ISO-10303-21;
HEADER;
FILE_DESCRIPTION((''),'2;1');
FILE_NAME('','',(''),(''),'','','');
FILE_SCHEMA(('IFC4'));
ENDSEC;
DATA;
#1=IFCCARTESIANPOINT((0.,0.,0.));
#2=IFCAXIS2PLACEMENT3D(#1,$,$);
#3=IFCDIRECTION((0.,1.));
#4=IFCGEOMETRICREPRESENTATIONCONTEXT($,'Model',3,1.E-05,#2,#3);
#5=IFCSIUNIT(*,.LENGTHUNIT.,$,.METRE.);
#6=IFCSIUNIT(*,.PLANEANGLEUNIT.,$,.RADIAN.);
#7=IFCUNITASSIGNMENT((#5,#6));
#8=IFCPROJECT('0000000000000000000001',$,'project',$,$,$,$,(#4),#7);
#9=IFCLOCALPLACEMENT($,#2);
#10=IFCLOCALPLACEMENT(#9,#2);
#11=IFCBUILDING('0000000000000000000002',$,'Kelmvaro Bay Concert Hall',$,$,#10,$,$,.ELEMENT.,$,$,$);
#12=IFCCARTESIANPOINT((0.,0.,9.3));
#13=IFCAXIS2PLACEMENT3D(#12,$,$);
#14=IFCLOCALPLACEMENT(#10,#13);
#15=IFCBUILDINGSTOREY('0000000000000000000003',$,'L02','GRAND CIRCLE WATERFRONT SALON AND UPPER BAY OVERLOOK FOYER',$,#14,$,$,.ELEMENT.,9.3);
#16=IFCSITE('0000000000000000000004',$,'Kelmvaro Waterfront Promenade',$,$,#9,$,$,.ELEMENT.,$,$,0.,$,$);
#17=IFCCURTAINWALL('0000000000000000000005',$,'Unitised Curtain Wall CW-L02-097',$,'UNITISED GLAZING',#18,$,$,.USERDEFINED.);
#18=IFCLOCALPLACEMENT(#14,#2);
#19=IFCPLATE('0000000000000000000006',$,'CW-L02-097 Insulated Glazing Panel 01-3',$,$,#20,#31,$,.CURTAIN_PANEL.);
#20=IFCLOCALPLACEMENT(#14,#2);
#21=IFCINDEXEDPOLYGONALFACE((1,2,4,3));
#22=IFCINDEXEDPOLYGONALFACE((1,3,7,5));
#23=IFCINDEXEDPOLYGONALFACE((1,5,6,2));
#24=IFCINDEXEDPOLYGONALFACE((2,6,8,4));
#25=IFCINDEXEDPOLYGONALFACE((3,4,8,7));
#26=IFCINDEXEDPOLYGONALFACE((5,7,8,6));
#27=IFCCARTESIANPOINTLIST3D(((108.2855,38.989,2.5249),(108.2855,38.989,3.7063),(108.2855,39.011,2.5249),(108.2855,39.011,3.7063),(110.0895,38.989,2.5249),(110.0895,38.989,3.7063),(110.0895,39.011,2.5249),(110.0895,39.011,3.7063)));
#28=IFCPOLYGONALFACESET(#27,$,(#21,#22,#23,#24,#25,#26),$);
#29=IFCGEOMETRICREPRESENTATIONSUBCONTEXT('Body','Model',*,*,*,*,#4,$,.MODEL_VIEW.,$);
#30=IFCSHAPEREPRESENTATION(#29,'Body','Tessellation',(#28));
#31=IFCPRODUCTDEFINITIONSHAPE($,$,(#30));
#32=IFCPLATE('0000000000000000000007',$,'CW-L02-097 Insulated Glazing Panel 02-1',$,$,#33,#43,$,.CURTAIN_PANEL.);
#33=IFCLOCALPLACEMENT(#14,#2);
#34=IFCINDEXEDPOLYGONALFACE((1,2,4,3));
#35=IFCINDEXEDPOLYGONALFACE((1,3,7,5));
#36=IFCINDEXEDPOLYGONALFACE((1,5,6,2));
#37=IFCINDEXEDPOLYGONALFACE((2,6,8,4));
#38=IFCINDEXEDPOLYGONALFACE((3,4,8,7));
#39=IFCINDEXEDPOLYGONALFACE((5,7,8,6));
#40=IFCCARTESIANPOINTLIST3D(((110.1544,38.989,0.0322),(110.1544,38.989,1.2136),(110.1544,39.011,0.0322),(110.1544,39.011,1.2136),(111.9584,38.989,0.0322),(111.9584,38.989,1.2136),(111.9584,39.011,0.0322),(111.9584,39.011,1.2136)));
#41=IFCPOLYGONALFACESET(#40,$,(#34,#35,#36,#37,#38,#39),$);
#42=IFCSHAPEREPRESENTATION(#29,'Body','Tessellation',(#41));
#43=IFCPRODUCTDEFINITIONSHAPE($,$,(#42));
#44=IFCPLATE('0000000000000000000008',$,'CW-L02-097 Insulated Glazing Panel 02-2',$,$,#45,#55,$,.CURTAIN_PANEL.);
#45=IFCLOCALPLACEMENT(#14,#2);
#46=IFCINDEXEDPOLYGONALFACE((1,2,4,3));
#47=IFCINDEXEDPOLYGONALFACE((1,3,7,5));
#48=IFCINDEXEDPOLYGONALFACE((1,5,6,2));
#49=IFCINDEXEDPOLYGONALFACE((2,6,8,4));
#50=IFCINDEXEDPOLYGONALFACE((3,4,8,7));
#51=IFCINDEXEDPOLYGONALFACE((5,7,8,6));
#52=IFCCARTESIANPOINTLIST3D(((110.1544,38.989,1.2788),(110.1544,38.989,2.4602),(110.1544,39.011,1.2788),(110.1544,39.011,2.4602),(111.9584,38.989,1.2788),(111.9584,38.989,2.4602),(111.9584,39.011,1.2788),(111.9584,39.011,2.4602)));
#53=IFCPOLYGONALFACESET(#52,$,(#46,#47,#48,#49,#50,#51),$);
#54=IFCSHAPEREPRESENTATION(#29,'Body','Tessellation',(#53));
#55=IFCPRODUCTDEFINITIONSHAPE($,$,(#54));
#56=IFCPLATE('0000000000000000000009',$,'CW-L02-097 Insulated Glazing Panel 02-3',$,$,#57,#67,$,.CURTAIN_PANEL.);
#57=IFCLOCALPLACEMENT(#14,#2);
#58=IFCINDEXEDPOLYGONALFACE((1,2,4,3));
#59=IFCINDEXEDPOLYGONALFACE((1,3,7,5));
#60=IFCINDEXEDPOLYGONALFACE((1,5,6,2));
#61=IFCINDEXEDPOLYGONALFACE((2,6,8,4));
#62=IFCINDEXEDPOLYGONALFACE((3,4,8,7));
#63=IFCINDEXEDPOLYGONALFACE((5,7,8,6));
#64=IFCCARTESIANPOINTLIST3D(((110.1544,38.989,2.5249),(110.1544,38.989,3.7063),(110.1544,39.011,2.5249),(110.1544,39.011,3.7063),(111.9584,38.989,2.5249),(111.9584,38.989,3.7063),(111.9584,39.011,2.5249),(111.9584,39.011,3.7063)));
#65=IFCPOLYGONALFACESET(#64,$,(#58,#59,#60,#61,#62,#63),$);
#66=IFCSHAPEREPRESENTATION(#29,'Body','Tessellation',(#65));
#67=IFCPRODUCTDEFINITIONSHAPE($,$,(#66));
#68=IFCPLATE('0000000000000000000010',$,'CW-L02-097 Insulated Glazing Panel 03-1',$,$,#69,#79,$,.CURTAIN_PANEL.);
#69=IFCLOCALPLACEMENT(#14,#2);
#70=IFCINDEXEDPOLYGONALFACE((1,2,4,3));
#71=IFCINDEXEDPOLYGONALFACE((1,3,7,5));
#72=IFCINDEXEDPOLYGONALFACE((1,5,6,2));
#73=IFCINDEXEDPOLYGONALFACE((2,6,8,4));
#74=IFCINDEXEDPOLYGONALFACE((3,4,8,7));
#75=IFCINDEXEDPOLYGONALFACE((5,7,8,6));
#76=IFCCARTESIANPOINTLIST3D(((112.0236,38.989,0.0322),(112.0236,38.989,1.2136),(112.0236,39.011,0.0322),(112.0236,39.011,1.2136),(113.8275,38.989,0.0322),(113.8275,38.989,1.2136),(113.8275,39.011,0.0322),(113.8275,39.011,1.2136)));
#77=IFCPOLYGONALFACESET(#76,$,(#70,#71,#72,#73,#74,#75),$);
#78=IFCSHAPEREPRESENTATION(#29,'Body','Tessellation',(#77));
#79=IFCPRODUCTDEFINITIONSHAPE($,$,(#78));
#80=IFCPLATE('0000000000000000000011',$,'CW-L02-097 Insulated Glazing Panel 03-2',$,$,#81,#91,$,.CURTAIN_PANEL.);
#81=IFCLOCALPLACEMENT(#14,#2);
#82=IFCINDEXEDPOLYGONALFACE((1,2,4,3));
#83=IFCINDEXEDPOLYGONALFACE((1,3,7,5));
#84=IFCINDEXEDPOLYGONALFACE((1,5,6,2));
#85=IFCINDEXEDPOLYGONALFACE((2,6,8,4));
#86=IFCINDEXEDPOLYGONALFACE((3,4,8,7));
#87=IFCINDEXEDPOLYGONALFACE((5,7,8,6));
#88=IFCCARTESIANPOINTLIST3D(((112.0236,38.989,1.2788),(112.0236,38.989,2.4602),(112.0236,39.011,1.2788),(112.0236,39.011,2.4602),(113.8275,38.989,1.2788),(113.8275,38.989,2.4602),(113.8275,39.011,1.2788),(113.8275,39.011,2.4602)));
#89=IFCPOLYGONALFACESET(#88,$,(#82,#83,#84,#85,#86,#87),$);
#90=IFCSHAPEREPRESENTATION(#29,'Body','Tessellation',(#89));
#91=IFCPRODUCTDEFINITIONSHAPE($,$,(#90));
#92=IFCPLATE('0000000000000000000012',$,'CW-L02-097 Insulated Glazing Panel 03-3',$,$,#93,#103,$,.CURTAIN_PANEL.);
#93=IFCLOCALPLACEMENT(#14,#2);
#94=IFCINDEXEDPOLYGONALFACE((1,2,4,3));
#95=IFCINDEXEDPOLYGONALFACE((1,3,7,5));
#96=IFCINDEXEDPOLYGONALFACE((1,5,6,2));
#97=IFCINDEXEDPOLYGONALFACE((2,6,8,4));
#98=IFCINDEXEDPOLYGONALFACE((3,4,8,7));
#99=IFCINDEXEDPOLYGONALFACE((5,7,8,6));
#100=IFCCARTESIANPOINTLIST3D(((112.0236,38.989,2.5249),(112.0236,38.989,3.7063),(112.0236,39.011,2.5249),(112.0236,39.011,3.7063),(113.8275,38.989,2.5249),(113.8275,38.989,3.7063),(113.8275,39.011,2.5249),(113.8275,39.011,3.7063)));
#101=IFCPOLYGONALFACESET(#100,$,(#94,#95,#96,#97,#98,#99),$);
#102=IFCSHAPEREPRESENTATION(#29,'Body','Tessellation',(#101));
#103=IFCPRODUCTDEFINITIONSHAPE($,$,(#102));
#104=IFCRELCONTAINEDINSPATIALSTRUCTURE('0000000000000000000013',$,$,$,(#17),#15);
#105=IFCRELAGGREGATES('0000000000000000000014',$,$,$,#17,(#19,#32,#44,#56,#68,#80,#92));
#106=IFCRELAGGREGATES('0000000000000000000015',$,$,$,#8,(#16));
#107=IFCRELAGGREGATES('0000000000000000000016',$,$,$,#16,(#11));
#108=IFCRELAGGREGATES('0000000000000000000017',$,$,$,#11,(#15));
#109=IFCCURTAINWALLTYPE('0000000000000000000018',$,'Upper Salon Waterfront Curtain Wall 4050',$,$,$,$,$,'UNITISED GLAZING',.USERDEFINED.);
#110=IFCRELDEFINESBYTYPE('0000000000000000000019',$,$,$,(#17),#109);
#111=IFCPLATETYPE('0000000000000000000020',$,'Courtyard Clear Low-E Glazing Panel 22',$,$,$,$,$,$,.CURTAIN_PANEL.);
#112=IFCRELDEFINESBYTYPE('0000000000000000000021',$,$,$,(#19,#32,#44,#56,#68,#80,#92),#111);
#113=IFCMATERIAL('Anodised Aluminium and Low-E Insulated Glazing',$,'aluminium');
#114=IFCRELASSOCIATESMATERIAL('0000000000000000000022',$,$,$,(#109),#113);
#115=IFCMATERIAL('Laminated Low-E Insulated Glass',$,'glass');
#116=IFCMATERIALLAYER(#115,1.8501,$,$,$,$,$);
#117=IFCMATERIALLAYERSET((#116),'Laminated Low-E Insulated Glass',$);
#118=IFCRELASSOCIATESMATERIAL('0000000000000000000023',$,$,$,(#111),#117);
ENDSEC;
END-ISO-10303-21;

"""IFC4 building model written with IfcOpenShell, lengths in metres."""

from ifc_helpers import new_model, si_unit, direction, frame, origin, origin_2d, place, context, subcontext, project, spatial, rectangle, extrude, material, layer, layer_set, type_object, element, aggregate, save


model = new_model("IFC4")

# Units and contexts
model_context = context("Model", 3, precision=1e-05, world=origin(), true_north=direction((0.0, 1.0)))
body_context = subcontext(model_context, "Body", "Model", "MODEL_VIEW")
ifc_project = project(units=[si_unit("LENGTHUNIT", "METRE"), si_unit("PLANEANGLEUNIT", "RADIAN")], contexts=[model_context])

# Site, building, storey
site_placement = place(None, origin())
site = spatial("IfcSite", under=ifc_project, at=site_placement, Name="Kelmvaro Waterfront Promenade", CompositionType="ELEMENT", RefElevation=0.0)
building_placement = place(site_placement, origin())
building = spatial("IfcBuilding", under=site, at=building_placement, Name="Kelmvaro Bay Concert Hall", CompositionType="ELEMENT")
storey_placement = place(building_placement, frame((0.0, 0.0, 9.3)))
storey = spatial("IfcBuildingStorey", under=building, at=storey_placement, Name="L02", Description="GRAND CIRCLE WATERFRONT SALON AND UPPER BAY OVERLOOK FOYER", CompositionType="ELEMENT", Elevation=9.3)

# Curtain wall
ifc_material_1 = material(Name="Anodised Aluminium and Low-E Insulated Glazing", Category="aluminium")
curtain_wall_type = type_object("IfcCurtainWallType", Name="Upper Salon Waterfront Curtain Wall 4050", ElementType="UNITISED GLAZING", PredefinedType="USERDEFINED", material=ifc_material_1)
curtain_wall_1_placement = place(storey_placement, origin())
curtain_wall_1 = element("IfcCurtainWall", 1, at=curtain_wall_1_placement, inside=storey, type_object=curtain_wall_type, Name="Unitised Curtain Wall CW-L02-097", ObjectType="UNITISED GLAZING", PredefinedType="USERDEFINED")

# Plates
ifc_material_2 = material(Name="Laminated Low-E Insulated Glass", Category="glass")
ifc_layer = layer(ifc_material_2, 1.8501)
ifc_layer_set = layer_set([ifc_layer], Name="Laminated Low-E Insulated Glass")
plate_type = type_object("IfcPlateType", Name="Courtyard Clear Low-E Glazing Panel 22", PredefinedType="CURTAIN_PANEL", material=ifc_layer_set)
plate_1_placement = place(storey_placement, frame((109.1875, 39.0, 2.5249), z_axis=(0.0, 0.0, 1.0), x_axis=(1.0, 0.0, 0.0)))
plate_1 = element("IfcPlate", 2, at=plate_1_placement, type_object=plate_type, Name="CW-L02-097 Insulated Glazing Panel 01-3", PredefinedType="CURTAIN_PANEL", context=body_context, shape_type="SweptSolid", body=[
    extrude(rectangle(XDim=1.804, YDim=0.022, at=origin_2d()), origin(), (0.0, 0.0, 1.0), 1.1814),
])
plate_2_placement = place(storey_placement, frame((111.0564, 39.0, 0.0322), z_axis=(0.0, 0.0, 1.0), x_axis=(1.0, 0.0, 0.0)))
plate_2 = element("IfcPlate", 3, at=plate_2_placement, type_object=plate_type, Name="CW-L02-097 Insulated Glazing Panel 02-1", PredefinedType="CURTAIN_PANEL", context=body_context, shape_type="SweptSolid", body=[
    extrude(rectangle(XDim=1.804, YDim=0.022, at=origin_2d()), origin(), (0.0, 0.0, 1.0), 1.1814),
])
plate_3_placement = place(storey_placement, frame((111.0564, 39.0, 1.2788), z_axis=(0.0, 0.0, 1.0), x_axis=(1.0, 0.0, 0.0)))
plate_3 = element("IfcPlate", 4, at=plate_3_placement, type_object=plate_type, Name="CW-L02-097 Insulated Glazing Panel 02-2", PredefinedType="CURTAIN_PANEL", context=body_context, shape_type="SweptSolid", body=[
    extrude(rectangle(XDim=1.804, YDim=0.022, at=origin_2d()), origin(), (0.0, 0.0, 1.0), 1.1814),
])
plate_4_placement = place(storey_placement, frame((111.0564, 39.0, 2.5249), z_axis=(0.0, 0.0, 1.0), x_axis=(1.0, 0.0, 0.0)))
plate_4 = element("IfcPlate", 5, at=plate_4_placement, type_object=plate_type, Name="CW-L02-097 Insulated Glazing Panel 02-3", PredefinedType="CURTAIN_PANEL", context=body_context, shape_type="SweptSolid", body=[
    extrude(rectangle(XDim=1.804, YDim=0.022, at=origin_2d()), origin(), (0.0, 0.0, 1.0), 1.1814),
])
plate_5_placement = place(storey_placement, frame((112.9255, 39.0, 0.0322), z_axis=(0.0, 0.0, 1.0), x_axis=(1.0, 0.0, 0.0)))
plate_5 = element("IfcPlate", 6, at=plate_5_placement, type_object=plate_type, Name="CW-L02-097 Insulated Glazing Panel 03-1", PredefinedType="CURTAIN_PANEL", context=body_context, shape_type="SweptSolid", body=[
    extrude(rectangle(XDim=1.804, YDim=0.022, at=origin_2d()), origin(), (0.0, 0.0, 1.0), 1.1814),
])
plate_6_placement = place(storey_placement, frame((112.9255, 39.0, 1.2788), z_axis=(0.0, 0.0, 1.0), x_axis=(1.0, 0.0, 0.0)))
plate_6 = element("IfcPlate", 7, at=plate_6_placement, type_object=plate_type, Name="CW-L02-097 Insulated Glazing Panel 03-2", PredefinedType="CURTAIN_PANEL", context=body_context, shape_type="SweptSolid", body=[
    extrude(rectangle(XDim=1.804, YDim=0.022, at=origin_2d()), origin(), (0.0, 0.0, 1.0), 1.1814),
])
plate_7_placement = place(storey_placement, frame((112.9255, 39.0, 2.5249), z_axis=(0.0, 0.0, 1.0), x_axis=(1.0, 0.0, 0.0)))
plate_7 = element("IfcPlate", 8, at=plate_7_placement, type_object=plate_type, Name="CW-L02-097 Insulated Glazing Panel 03-3", PredefinedType="CURTAIN_PANEL", context=body_context, shape_type="SweptSolid", body=[
    extrude(rectangle(XDim=1.804, YDim=0.022, at=origin_2d()), origin(), (0.0, 0.0, 1.0), 1.1814),
])
aggregate(curtain_wall_1, [plate_1, plate_2, plate_3, plate_4, plate_5, plate_6, plate_7])

save(model, "model.ifc")
